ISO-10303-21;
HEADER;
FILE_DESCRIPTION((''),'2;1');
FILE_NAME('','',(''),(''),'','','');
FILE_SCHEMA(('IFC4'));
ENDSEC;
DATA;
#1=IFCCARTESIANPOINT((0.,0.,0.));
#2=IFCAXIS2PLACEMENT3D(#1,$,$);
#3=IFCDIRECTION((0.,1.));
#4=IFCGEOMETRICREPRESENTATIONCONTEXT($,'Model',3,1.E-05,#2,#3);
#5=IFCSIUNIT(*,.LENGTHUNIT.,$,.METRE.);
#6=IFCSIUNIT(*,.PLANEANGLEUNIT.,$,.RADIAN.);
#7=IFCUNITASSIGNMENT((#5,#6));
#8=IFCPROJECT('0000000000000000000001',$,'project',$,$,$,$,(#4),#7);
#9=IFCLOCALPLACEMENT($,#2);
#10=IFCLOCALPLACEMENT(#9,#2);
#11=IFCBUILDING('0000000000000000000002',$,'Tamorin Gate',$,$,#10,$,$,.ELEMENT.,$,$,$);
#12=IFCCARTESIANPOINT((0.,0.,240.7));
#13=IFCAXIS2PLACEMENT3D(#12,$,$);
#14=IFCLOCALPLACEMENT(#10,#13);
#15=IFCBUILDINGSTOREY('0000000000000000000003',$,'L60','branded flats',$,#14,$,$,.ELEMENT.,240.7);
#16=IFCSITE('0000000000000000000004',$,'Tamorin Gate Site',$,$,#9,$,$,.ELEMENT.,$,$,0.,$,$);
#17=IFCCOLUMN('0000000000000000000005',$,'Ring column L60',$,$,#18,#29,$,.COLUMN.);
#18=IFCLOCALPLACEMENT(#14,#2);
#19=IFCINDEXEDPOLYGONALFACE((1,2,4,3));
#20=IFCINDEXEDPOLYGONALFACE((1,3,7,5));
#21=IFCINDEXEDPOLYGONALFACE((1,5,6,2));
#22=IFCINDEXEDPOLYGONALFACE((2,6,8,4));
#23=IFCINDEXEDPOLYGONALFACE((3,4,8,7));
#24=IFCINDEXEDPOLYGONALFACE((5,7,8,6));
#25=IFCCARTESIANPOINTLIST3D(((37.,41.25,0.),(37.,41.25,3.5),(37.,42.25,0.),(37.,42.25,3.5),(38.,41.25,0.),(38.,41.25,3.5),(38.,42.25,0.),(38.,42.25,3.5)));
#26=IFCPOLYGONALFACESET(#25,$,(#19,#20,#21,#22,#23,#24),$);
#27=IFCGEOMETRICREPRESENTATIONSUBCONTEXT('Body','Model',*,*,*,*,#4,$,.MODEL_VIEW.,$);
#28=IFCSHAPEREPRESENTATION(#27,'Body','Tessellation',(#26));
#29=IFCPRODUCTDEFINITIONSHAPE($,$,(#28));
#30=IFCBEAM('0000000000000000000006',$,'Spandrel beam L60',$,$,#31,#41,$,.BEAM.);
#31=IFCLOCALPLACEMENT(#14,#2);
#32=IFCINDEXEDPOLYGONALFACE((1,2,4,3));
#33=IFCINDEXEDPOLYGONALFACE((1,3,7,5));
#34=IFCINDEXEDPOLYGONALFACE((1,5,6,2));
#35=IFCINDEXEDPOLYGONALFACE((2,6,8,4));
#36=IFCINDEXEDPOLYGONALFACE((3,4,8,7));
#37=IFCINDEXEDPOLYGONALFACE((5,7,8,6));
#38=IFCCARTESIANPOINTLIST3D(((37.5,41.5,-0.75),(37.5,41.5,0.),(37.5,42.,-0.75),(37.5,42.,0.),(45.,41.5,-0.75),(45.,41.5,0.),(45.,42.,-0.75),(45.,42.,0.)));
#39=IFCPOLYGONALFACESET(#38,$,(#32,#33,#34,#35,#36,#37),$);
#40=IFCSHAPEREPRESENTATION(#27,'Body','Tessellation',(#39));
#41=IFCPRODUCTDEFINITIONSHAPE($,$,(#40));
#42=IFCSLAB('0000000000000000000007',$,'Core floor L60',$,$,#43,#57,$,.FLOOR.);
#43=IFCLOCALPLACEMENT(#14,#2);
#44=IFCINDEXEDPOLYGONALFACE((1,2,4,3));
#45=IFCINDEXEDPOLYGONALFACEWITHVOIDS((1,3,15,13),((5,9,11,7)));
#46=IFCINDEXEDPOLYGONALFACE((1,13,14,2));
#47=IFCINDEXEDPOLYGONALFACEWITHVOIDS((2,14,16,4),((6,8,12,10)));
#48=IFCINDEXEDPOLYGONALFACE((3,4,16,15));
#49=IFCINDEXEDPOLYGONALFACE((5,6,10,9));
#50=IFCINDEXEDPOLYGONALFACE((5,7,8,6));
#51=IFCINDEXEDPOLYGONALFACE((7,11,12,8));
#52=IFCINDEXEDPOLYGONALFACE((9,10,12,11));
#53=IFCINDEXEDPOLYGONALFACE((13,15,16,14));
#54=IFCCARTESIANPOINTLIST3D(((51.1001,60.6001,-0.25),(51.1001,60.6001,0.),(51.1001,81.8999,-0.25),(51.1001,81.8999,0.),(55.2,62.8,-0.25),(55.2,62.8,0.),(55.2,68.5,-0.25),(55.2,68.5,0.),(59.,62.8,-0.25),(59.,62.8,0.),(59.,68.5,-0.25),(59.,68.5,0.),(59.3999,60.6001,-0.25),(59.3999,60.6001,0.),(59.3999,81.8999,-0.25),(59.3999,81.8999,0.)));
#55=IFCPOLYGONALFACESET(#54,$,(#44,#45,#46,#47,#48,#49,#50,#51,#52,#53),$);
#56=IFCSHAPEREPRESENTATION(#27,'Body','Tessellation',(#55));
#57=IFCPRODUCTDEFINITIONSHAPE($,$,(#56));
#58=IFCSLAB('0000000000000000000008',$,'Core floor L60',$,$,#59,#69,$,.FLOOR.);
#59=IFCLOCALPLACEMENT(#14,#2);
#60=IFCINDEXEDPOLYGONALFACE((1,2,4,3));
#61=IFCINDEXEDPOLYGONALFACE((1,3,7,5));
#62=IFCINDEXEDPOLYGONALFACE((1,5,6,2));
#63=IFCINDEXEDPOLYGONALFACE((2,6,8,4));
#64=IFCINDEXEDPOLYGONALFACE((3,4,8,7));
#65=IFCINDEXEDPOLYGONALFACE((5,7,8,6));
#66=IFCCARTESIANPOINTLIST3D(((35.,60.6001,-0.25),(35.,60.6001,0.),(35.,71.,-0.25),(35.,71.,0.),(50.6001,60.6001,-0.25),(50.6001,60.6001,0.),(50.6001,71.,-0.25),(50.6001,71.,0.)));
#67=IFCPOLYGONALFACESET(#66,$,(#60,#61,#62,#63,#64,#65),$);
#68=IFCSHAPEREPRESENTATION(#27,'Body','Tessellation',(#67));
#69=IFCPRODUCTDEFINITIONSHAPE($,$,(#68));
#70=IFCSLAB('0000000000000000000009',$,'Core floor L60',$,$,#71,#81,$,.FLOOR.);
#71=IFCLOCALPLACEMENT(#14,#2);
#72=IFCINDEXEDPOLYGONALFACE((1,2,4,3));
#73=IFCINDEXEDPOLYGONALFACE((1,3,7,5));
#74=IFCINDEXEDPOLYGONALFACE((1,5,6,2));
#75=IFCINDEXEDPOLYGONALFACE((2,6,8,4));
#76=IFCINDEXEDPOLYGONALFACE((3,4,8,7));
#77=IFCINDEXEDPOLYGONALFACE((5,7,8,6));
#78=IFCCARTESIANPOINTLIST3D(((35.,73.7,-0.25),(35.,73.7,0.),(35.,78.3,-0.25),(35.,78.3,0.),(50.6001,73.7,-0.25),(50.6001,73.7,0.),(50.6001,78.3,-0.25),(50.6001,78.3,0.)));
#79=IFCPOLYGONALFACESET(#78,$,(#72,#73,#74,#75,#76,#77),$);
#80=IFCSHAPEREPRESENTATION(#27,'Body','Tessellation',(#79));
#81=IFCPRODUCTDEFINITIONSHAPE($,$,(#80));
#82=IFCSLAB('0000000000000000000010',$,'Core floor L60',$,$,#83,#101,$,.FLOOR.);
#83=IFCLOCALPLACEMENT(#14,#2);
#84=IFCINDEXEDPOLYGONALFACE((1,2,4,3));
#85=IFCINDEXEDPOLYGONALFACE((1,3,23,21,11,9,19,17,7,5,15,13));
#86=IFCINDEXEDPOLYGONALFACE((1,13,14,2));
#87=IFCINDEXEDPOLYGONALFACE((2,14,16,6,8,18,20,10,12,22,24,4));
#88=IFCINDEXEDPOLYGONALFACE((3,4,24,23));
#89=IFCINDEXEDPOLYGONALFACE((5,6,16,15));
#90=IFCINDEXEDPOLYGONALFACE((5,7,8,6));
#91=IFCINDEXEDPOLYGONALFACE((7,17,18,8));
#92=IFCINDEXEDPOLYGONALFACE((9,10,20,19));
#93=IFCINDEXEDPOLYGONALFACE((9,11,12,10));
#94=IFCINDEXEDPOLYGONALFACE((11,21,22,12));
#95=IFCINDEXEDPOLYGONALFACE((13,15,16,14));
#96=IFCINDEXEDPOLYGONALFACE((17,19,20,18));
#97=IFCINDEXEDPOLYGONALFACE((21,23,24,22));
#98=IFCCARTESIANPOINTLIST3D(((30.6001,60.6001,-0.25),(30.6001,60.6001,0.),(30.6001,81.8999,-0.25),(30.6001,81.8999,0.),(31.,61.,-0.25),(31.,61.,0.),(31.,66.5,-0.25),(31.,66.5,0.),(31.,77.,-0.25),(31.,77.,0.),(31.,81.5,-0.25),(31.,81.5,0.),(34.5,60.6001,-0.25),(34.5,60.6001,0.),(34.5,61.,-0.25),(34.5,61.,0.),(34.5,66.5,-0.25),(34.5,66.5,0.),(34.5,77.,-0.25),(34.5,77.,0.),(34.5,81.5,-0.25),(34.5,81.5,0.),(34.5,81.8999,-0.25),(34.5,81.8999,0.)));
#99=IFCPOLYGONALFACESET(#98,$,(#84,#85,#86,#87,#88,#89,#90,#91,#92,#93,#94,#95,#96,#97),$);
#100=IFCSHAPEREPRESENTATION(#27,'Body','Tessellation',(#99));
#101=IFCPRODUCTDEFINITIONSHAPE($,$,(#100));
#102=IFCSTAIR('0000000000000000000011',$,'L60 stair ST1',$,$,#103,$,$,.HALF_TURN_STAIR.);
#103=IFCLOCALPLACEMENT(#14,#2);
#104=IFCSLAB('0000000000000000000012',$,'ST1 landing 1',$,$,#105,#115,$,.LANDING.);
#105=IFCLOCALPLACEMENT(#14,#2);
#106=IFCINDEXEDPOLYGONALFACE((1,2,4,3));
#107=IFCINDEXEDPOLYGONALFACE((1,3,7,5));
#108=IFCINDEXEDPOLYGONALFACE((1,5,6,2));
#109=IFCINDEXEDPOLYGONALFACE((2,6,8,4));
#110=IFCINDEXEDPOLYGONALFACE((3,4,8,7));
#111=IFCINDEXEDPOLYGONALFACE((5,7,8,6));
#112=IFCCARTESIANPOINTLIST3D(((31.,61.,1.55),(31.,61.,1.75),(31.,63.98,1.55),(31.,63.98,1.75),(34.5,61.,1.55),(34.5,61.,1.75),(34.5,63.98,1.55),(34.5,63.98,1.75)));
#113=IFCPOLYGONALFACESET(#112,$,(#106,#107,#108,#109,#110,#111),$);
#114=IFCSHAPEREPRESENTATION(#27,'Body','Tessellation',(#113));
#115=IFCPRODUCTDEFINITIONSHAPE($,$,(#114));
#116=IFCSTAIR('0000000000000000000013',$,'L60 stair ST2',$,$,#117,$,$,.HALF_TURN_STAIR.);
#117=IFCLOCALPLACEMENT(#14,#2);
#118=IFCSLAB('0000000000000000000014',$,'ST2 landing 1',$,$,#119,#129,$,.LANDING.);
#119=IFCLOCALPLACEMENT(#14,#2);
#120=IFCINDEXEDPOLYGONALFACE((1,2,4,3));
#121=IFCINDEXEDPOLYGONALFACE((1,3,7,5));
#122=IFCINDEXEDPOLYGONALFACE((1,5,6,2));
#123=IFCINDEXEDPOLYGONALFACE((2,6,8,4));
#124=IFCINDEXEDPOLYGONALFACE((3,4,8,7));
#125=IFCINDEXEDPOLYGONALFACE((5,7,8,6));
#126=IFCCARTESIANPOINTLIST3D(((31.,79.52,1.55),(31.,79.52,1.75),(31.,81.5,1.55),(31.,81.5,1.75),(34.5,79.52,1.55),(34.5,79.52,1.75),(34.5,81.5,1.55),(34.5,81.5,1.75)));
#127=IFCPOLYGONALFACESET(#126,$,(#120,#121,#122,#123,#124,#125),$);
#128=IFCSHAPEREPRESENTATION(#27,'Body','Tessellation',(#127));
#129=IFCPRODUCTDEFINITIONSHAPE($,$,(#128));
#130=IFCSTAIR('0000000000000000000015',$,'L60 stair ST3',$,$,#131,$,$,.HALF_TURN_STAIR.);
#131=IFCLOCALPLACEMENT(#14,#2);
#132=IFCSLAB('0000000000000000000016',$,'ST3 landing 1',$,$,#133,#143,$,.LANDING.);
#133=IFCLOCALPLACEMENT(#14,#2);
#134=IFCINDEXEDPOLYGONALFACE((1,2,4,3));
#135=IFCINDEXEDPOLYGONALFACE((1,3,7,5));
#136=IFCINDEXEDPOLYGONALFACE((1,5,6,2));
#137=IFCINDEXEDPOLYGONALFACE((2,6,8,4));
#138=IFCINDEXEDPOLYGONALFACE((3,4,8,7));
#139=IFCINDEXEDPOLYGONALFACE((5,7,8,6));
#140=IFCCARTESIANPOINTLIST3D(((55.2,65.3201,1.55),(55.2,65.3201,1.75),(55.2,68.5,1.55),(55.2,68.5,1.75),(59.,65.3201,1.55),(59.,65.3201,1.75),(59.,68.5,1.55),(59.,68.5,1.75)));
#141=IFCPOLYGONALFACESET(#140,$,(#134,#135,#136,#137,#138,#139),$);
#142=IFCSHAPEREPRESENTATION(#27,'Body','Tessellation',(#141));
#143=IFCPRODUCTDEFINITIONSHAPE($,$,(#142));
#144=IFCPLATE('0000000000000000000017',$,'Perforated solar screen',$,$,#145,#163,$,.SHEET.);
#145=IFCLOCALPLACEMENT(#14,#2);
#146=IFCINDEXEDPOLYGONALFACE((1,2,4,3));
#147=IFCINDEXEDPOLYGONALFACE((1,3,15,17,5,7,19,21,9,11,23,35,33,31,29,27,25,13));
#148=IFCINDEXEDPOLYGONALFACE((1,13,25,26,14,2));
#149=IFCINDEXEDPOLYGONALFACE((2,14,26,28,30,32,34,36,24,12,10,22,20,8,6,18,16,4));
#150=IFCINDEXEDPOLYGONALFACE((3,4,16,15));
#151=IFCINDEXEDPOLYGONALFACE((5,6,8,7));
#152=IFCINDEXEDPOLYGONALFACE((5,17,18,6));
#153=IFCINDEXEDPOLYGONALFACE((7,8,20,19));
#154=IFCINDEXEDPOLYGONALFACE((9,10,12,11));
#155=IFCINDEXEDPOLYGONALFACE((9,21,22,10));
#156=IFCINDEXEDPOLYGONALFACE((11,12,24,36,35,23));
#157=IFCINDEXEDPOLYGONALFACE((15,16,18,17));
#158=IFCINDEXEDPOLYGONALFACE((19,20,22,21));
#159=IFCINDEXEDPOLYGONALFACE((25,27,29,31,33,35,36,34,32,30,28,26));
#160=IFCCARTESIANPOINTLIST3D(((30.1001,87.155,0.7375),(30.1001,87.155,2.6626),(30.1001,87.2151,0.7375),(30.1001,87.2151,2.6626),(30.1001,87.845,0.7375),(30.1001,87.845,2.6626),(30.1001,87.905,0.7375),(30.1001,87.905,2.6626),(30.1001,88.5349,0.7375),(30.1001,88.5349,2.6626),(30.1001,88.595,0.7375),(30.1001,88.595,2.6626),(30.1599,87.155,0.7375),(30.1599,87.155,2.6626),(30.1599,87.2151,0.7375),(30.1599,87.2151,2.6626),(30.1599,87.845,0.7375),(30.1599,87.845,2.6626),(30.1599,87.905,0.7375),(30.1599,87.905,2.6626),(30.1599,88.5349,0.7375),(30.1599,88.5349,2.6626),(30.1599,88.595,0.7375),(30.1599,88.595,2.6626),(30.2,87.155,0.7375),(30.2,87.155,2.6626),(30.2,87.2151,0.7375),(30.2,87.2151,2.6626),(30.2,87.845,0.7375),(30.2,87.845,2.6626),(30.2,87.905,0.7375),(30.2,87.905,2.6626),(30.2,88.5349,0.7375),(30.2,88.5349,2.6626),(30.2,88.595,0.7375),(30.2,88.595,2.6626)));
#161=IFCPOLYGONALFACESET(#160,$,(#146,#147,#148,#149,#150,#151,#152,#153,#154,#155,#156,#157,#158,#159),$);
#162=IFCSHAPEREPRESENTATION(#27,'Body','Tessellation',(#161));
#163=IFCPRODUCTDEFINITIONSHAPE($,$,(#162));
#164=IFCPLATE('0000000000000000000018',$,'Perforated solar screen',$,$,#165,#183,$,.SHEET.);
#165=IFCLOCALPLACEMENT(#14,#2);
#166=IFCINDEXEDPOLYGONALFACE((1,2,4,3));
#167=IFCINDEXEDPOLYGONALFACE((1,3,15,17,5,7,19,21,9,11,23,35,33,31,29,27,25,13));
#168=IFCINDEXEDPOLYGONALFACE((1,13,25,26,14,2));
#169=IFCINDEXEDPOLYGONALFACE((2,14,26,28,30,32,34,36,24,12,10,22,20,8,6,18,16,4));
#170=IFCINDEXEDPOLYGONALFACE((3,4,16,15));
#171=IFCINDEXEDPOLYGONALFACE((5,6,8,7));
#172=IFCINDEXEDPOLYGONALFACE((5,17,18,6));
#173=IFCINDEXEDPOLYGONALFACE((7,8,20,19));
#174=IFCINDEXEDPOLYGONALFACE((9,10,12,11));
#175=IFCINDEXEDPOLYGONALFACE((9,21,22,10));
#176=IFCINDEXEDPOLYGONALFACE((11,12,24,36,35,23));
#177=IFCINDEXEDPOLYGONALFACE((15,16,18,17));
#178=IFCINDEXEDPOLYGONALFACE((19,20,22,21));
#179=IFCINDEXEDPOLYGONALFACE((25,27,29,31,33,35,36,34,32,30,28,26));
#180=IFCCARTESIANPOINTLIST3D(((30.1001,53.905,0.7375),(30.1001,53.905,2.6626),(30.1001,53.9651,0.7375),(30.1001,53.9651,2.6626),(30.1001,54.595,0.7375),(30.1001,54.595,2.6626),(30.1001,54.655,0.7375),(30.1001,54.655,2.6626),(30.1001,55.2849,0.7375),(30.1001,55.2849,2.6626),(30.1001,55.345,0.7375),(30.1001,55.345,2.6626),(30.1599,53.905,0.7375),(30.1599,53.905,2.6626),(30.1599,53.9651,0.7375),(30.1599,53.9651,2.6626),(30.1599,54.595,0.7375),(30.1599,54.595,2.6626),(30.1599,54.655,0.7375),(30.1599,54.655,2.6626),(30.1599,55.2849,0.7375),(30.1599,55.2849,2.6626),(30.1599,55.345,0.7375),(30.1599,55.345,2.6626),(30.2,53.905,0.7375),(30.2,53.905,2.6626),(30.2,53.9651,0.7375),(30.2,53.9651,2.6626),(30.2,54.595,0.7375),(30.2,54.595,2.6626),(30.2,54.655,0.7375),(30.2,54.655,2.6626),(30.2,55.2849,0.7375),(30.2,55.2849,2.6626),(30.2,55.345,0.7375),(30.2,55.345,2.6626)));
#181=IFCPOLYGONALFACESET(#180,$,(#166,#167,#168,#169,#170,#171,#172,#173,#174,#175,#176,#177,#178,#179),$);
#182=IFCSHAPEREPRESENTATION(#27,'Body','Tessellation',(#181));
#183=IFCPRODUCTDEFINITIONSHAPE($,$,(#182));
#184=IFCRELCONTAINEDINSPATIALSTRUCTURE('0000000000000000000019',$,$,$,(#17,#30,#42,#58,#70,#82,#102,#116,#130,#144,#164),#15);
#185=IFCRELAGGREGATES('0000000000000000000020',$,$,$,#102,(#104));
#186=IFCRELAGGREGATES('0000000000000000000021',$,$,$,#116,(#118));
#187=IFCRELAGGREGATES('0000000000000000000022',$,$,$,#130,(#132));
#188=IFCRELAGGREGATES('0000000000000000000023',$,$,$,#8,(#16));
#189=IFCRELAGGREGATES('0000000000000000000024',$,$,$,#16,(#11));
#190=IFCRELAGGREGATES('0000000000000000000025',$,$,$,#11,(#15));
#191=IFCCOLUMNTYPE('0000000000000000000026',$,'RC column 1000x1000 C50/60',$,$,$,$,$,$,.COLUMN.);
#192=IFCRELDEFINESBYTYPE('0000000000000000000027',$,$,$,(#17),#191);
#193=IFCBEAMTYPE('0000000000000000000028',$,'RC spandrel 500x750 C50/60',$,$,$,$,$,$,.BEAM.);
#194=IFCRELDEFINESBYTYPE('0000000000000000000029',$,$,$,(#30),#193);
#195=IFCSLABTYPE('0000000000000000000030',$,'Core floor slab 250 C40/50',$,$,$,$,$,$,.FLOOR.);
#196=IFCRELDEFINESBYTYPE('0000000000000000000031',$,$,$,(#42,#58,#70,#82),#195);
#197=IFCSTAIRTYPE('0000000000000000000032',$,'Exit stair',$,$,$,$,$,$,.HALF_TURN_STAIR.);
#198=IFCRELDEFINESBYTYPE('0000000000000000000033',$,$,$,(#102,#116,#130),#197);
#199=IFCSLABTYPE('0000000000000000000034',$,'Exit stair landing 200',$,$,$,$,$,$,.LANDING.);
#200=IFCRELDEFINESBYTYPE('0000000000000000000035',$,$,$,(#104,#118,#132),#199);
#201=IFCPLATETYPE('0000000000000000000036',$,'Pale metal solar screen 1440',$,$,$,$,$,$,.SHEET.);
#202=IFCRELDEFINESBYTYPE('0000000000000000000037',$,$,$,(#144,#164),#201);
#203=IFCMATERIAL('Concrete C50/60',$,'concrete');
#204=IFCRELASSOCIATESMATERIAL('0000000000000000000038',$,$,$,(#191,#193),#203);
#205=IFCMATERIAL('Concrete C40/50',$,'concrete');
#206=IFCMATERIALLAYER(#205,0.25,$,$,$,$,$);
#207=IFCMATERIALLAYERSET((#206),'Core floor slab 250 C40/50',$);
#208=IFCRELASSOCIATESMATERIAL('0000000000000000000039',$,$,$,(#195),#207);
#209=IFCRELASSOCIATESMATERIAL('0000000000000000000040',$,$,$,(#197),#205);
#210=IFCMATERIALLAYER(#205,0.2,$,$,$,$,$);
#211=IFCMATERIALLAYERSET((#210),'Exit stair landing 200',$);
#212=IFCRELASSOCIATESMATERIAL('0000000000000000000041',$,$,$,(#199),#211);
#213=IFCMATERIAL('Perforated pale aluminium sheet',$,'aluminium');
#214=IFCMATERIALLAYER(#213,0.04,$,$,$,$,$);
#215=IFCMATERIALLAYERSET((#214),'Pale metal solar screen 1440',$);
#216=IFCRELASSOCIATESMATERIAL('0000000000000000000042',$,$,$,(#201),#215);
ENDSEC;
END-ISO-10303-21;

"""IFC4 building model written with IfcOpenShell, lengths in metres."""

from ifc_helpers import new_model, si_unit, direction, frame, origin, origin_2d, place, context, subcontext, project, spatial, polyline, rectangle, outline, extrude, material, layer, layer_set, material_profile, profile_set, type_object, element, aggregate, save


model = new_model("IFC4")

# Units and contexts
model_context = context("Model", 3, precision=1e-05, world=origin(), true_north=direction((0.0, 1.0)))
body_context = subcontext(model_context, "Body", "Model", "MODEL_VIEW")
ifc_project = project(units=[si_unit("LENGTHUNIT", "METRE"), si_unit("PLANEANGLEUNIT", "RADIAN")], contexts=[model_context])

# Site, building, storey
site_placement = place(None, origin())
site = spatial("IfcSite", under=ifc_project, at=site_placement, Name="Tamorin Gate Site", CompositionType="ELEMENT", RefElevation=0.0)
building_placement = place(site_placement, origin())
building = spatial("IfcBuilding", under=site, at=building_placement, Name="Tamorin Gate", CompositionType="ELEMENT")
storey_placement = place(building_placement, frame((0.0, 0.0, 240.7)))
storey = spatial("IfcBuildingStorey", under=building, at=storey_placement, Name="L60", Description="branded flats", CompositionType="ELEMENT", Elevation=240.7)

# Column
ifc_material_1 = material(Name="Concrete C50/60", Category="concrete")
ifc_material_profile_1 = material_profile(ifc_material_1, rectangle(XDim=1.0, YDim=1.0, at=origin_2d()), Name="RC 1000x1000")
ifc_profile_set_1 = profile_set([ifc_material_profile_1], Name="Concrete C50/60")
column_type = type_object("IfcColumnType", Name="RC column 1000x1000 C50/60", PredefinedType="COLUMN", material=ifc_profile_set_1)
column_placement = place(storey_placement, frame((37.5, 41.75, 0.0), z_axis=(0.0, 0.0, 1.0), x_axis=(1.0, 0.0, 0.0)))
element("IfcColumn", 1, at=column_placement, inside=storey, type_object=column_type, Name="Ring column L60", PredefinedType="COLUMN", context=body_context, shape_type="SweptSolid", body=[
    extrude(rectangle(XDim=1.0, YDim=1.0, at=origin_2d()), origin(), (0.0, 0.0, 1.0), 3.5),
])

# Beam
ifc_material_profile_2 = material_profile(ifc_material_1, rectangle(XDim=0.5, YDim=0.75, at=origin_2d()), Name="RC 500x750")
ifc_profile_set_2 = profile_set([ifc_material_profile_2], Name="Concrete C50/60")
beam_type = type_object("IfcBeamType", Name="RC spandrel 500x750 C50/60", PredefinedType="BEAM", material=ifc_profile_set_2)
beam_placement = place(storey_placement, frame((37.5, 41.75, -0.375), z_axis=(1.0, 0.0, 0.0), x_axis=(0.0, 1.0, 0.0)))
element("IfcBeam", 2, at=beam_placement, inside=storey, type_object=beam_type, Name="Spandrel beam L60", PredefinedType="BEAM", context=body_context, shape_type="SweptSolid", body=[
    extrude(rectangle(XDim=0.5, YDim=0.75, at=origin_2d()), origin(), (0.0, 0.0, 1.0), 7.5),
])

# Slabs
ifc_material_2 = material(Name="Concrete C40/50", Category="concrete")
ifc_layer_1 = layer(ifc_material_2, 0.25)
ifc_layer_set_1 = layer_set([ifc_layer_1], Name="Core floor slab 250 C40/50")
slab_type_1 = type_object("IfcSlabType", Name="Core floor slab 250 C40/50", PredefinedType="FLOOR", material=ifc_layer_set_1)
slab_1_placement = place(storey_placement, frame((0.0, 0.0, -0.25)))
element("IfcSlab", 3, at=slab_1_placement, inside=storey, type_object=slab_type_1, Name="Core floor L60", PredefinedType="FLOOR", context=body_context, shape_type="SweptSolid", body=[
    extrude(outline(polyline([(51.1001, 81.8999), (59.3999, 81.8999), (59.3999, 60.6001), (51.1001, 60.6001), (51.1001, 81.8999)]), holes=[polyline([(55.2, 62.8), (59.0, 62.8), (59.0, 68.5), (55.2, 68.5), (55.2, 62.8)])]), origin(), (0.0, 0.0, 1.0), 0.25),
])
slab_2_placement = place(storey_placement, frame((0.0, 0.0, -0.25)))
element("IfcSlab", 4, at=slab_2_placement, inside=storey, type_object=slab_type_1, Name="Core floor L60", PredefinedType="FLOOR", context=body_context, shape_type="SweptSolid", body=[
    extrude(outline(polyline([(50.6001, 71.0), (50.6001, 60.6001), (35.0, 60.6001), (35.0, 71.0), (50.6001, 71.0)])), origin(), (0.0, 0.0, 1.0), 0.25),
])
slab_3_placement = place(storey_placement, frame((0.0, 0.0, -0.25)))
element("IfcSlab", 5, at=slab_3_placement, inside=storey, type_object=slab_type_1, Name="Core floor L60", PredefinedType="FLOOR", context=body_context, shape_type="SweptSolid", body=[
    extrude(outline(polyline([(50.6001, 73.7), (35.0, 73.7), (35.0, 78.3), (50.6001, 78.3), (50.6001, 73.7)])), origin(), (0.0, 0.0, 1.0), 0.25),
])
slab_4_placement = place(storey_placement, frame((0.0, 0.0, -0.25)))
element("IfcSlab", 6, at=slab_4_placement, inside=storey, type_object=slab_type_1, Name="Core floor L60", PredefinedType="FLOOR", context=body_context, shape_type="SweptSolid", body=[
    extrude(outline(polyline([(34.5, 60.6001), (30.6001, 60.6001), (30.6001, 81.8999), (34.5, 81.8999), (34.5, 81.5), (31.0, 81.5), (31.0, 77.0), (34.5, 77.0), (34.5, 66.5), (31.0, 66.5), (31.0, 61.0), (34.5, 61.0), (34.5, 60.6001)])), origin(), (0.0, 0.0, 1.0), 0.25),
])

# Stairs, slabs
stair_type = type_object("IfcStairType", Name="Exit stair", PredefinedType="HALF_TURN_STAIR", material=ifc_material_2)
stair_1_placement = place(storey_placement, origin())
stair_1 = element("IfcStair", 7, at=stair_1_placement, inside=storey, type_object=stair_type, Name="L60 stair ST1", PredefinedType="HALF_TURN_STAIR")
ifc_layer_2 = layer(ifc_material_2, 0.2)
ifc_layer_set_2 = layer_set([ifc_layer_2], Name="Exit stair landing 200")
slab_type_2 = type_object("IfcSlabType", Name="Exit stair landing 200", PredefinedType="LANDING", material=ifc_layer_set_2)
slab_5_placement = place(storey_placement, frame((0.0, 0.0, 1.55)))
slab_5 = element("IfcSlab", 8, at=slab_5_placement, type_object=slab_type_2, Name="ST1 landing 1", PredefinedType="LANDING", context=body_context, shape_type="SweptSolid", body=[
    extrude(outline(polyline([(31.0, 63.98), (31.0, 61.0), (34.5, 61.0), (34.5, 63.98), (31.0, 63.98)])), origin(), (0.0, 0.0, 1.0), 0.2),
])
aggregate(stair_1, [slab_5])
stair_2_placement = place(storey_placement, origin())
stair_2 = element("IfcStair", 9, at=stair_2_placement, inside=storey, type_object=stair_type, Name="L60 stair ST2", PredefinedType="HALF_TURN_STAIR")
slab_6_placement = place(storey_placement, frame((0.0, 0.0, 1.55)))
slab_6 = element("IfcSlab", 10, at=slab_6_placement, type_object=slab_type_2, Name="ST2 landing 1", PredefinedType="LANDING", context=body_context, shape_type="SweptSolid", body=[
    extrude(outline(polyline([(34.5, 79.52), (34.5, 81.5), (31.0, 81.5), (31.0, 79.52), (34.5, 79.52)])), origin(), (0.0, 0.0, 1.0), 0.2),
])
aggregate(stair_2, [slab_6])
stair_3_placement = place(storey_placement, origin())
stair_3 = element("IfcStair", 11, at=stair_3_placement, inside=storey, type_object=stair_type, Name="L60 stair ST3", PredefinedType="HALF_TURN_STAIR")
slab_7_placement = place(storey_placement, frame((0.0, 0.0, 1.55)))
slab_7 = element("IfcSlab", 12, at=slab_7_placement, type_object=slab_type_2, Name="ST3 landing 1", PredefinedType="LANDING", context=body_context, shape_type="SweptSolid", body=[
    extrude(outline(polyline([(59.0, 65.3201), (59.0, 68.5), (55.2, 68.5), (55.2, 65.3201), (59.0, 65.3201)])), origin(), (0.0, 0.0, 1.0), 0.2),
])
aggregate(stair_3, [slab_7])

# Plates
ifc_material_3 = material(Name="Perforated pale aluminium sheet", Category="aluminium")
ifc_layer_3 = layer(ifc_material_3, 0.04)
ifc_layer_set_3 = layer_set([ifc_layer_3], Name="Pale metal solar screen 1440")
plate_type = type_object("IfcPlateType", Name="Pale metal solar screen 1440", PredefinedType="SHEET", material=ifc_layer_set_3)
plate_1_placement = place(storey_placement, frame((0.0, 0.0, 0.7375)))
element("IfcPlate", 13, at=plate_1_placement, inside=storey, type_object=plate_type, Name="Perforated solar screen", PredefinedType="SHEET", context=body_context, shape_type="SweptSolid", body=[
    extrude(outline(polyline([(30.1599, 88.595), (30.2, 88.595), (30.2, 88.5349), (30.2, 87.905), (30.2, 87.845), (30.2, 87.2151), (30.2, 87.155), (30.2, 87.155), (30.1599, 87.155), (30.1599, 87.155), (30.1001, 87.155), (30.1001, 87.2151), (30.1599, 87.2151), (30.1599, 87.845), (30.1001, 87.845), (30.1001, 87.905), (30.1599, 87.905), (30.1599, 88.5349), (30.1001, 88.5349), (30.1001, 88.595), (30.1599, 88.595)])), origin(), (0.0, 0.0, 1.0), 1.925),
])
plate_2_placement = place(storey_placement, frame((0.0, 0.0, 0.7375)))
element("IfcPlate", 14, at=plate_2_placement, inside=storey, type_object=plate_type, Name="Perforated solar screen", PredefinedType="SHEET", context=body_context, shape_type="SweptSolid", body=[
    extrude(outline(polyline([(30.1599, 55.345), (30.2, 55.345), (30.2, 55.2849), (30.2, 54.655), (30.2, 54.595), (30.2, 53.9651), (30.2, 53.905), (30.1599, 53.905), (30.1001, 53.905), (30.1001, 53.9651), (30.1599, 53.9651), (30.1599, 54.595), (30.1001, 54.595), (30.1001, 54.655), (30.1599, 54.655), (30.1599, 55.2849), (30.1001, 55.2849), (30.1001, 55.345), (30.1599, 55.345)])), origin(), (0.0, 0.0, 1.0), 1.925),
])

save(model, "model.ifc")
